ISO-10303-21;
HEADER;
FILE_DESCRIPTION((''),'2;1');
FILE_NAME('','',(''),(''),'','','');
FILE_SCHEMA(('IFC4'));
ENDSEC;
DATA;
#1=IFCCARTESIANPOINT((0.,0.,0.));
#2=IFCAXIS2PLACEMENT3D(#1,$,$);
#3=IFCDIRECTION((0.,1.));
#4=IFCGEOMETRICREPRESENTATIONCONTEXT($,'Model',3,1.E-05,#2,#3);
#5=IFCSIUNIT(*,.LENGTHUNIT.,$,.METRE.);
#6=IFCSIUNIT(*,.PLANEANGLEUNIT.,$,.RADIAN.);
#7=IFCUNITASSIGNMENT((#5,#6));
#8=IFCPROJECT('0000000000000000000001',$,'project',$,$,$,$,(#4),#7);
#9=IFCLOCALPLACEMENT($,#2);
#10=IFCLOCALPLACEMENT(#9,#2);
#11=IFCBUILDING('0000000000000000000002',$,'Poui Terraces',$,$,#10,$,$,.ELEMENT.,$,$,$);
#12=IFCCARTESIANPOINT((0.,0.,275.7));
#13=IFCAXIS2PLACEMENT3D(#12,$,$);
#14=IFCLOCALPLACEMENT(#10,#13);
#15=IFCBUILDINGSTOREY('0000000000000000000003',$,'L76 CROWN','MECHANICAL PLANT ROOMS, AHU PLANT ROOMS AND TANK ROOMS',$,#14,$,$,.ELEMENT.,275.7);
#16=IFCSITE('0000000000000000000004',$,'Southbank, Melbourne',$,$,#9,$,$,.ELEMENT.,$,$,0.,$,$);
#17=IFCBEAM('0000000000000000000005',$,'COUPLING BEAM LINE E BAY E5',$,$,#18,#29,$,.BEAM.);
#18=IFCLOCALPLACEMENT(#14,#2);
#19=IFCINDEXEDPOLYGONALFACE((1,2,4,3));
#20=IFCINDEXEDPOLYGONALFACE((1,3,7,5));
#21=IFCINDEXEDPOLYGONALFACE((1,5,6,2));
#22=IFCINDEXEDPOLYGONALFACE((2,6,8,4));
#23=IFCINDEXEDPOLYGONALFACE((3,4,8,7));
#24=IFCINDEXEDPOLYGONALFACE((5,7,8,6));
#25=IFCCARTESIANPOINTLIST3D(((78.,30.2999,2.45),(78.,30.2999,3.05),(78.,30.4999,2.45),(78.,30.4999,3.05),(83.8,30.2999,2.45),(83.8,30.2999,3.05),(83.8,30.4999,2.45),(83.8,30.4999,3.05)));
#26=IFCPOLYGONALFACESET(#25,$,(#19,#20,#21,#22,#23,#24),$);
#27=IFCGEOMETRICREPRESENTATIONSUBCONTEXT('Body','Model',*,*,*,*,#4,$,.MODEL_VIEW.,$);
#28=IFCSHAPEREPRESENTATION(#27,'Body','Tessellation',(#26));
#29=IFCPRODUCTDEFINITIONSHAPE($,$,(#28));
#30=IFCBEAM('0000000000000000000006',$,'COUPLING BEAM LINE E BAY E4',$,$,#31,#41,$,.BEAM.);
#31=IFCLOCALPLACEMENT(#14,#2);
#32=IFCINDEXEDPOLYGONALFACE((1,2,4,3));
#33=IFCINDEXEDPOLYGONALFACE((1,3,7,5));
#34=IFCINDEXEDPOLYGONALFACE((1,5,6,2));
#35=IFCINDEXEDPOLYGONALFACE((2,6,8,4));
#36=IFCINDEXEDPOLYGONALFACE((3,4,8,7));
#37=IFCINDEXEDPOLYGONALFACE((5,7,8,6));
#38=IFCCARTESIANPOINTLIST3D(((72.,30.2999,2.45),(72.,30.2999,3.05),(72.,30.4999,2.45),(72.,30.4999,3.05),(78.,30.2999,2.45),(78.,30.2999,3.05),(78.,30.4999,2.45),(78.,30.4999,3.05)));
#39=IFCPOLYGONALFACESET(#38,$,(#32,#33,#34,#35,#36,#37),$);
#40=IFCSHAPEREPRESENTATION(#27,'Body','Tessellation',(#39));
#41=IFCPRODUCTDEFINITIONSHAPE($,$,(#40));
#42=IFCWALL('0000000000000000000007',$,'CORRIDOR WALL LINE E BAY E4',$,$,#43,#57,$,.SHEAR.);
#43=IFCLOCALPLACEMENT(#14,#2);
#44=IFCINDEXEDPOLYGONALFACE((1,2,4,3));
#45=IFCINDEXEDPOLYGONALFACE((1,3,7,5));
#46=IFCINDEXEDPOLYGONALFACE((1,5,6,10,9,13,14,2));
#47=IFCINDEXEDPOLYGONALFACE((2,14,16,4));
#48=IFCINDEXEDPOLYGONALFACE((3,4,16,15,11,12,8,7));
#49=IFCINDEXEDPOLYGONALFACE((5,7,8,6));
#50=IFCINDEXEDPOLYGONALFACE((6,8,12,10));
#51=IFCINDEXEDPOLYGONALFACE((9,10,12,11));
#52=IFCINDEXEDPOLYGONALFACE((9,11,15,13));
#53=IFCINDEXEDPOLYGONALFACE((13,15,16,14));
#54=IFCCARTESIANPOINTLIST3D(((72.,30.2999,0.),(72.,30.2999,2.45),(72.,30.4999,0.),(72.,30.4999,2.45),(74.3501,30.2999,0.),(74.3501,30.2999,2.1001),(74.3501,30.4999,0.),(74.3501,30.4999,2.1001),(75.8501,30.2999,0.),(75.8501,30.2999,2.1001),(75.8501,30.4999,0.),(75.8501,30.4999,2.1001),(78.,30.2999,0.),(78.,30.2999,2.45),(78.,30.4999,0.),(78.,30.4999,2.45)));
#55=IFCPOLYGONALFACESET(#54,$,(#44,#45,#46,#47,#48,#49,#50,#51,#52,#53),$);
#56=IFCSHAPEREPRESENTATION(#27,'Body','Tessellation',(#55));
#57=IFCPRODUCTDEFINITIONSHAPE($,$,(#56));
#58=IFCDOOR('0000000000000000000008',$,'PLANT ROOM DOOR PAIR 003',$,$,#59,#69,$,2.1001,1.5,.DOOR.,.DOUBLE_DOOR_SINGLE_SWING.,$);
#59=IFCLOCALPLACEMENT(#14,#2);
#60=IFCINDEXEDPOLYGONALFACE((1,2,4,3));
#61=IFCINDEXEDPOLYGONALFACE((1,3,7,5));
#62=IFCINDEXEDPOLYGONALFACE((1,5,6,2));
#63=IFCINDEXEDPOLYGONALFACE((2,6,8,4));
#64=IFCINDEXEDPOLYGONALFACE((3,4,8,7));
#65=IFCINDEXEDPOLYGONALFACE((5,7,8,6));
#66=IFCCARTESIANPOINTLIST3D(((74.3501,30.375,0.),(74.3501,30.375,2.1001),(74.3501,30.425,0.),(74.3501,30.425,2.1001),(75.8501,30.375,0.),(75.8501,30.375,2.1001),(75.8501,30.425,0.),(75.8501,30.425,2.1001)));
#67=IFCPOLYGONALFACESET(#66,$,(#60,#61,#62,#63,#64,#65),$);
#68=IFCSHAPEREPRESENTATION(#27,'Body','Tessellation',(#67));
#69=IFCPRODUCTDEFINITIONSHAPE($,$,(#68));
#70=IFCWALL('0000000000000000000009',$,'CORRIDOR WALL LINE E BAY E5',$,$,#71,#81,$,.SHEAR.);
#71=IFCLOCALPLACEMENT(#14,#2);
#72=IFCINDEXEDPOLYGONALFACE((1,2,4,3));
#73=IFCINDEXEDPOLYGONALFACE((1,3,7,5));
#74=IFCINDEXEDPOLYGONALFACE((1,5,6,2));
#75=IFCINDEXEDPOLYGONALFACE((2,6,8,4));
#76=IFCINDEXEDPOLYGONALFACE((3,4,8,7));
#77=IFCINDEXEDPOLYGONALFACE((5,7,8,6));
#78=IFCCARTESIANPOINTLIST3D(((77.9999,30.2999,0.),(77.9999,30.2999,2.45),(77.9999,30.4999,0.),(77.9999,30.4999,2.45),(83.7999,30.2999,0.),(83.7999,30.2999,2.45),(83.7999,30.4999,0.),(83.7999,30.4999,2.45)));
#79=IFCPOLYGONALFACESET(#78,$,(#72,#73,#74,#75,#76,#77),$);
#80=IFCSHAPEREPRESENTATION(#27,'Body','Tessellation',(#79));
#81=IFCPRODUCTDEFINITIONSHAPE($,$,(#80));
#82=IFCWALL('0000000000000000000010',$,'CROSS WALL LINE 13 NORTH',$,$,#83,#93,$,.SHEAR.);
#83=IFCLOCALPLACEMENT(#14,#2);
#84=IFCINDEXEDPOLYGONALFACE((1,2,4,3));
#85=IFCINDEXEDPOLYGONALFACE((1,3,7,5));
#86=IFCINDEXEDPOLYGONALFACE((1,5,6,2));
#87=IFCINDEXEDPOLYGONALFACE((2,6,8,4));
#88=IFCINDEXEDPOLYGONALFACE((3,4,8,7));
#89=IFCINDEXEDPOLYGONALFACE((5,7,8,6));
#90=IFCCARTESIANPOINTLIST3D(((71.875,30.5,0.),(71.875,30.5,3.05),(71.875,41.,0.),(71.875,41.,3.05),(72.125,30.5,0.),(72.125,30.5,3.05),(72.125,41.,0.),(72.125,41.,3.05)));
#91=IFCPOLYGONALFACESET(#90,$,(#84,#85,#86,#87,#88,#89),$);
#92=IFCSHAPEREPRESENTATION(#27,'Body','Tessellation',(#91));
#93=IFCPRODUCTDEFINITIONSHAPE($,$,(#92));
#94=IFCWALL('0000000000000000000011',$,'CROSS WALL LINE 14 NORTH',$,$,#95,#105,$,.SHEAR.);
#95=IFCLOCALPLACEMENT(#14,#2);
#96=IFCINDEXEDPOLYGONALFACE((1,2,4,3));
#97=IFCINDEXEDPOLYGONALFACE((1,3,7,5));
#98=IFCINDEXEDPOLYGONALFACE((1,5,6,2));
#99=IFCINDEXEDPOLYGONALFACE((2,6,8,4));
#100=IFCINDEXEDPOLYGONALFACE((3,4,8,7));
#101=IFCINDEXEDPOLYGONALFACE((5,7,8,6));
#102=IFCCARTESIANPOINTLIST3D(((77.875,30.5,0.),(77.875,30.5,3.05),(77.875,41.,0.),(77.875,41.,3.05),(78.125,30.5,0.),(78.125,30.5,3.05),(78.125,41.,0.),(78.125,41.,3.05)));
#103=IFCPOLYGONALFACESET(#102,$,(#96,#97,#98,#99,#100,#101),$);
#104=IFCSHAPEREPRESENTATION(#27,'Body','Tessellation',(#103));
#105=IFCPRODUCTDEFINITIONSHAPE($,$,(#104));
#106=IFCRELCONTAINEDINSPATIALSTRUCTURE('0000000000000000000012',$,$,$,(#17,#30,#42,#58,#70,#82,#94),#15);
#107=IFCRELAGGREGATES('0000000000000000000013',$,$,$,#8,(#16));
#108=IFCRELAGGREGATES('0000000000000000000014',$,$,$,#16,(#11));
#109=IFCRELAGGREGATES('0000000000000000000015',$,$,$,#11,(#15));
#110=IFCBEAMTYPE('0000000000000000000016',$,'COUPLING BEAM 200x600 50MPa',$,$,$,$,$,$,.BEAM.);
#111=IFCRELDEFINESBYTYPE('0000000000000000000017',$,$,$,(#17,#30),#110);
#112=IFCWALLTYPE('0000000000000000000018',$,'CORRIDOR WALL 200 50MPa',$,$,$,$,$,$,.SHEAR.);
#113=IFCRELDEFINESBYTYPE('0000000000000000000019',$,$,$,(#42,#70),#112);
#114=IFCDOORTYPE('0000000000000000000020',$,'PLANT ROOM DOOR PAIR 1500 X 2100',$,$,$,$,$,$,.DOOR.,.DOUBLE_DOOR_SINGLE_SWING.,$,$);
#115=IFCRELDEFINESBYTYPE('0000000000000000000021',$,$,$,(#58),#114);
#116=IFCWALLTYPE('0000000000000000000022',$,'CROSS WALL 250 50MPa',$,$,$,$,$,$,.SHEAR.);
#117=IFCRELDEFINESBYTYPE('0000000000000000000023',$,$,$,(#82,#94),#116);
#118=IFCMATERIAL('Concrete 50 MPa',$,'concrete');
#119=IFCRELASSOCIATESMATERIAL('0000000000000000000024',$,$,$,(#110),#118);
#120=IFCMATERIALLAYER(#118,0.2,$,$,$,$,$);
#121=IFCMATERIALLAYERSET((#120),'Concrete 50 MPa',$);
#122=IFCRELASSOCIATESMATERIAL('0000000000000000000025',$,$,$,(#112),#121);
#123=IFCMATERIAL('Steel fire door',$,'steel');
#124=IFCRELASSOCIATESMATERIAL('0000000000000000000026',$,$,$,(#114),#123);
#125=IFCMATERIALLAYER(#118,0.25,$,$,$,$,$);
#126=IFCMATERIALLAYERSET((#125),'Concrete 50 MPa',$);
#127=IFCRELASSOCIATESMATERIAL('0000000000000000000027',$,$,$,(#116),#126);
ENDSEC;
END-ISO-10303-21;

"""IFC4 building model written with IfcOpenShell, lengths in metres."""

from ifc_helpers import new_model, si_unit, direction, frame, frame_2d, origin, origin_2d, place, context, subcontext, project, spatial, rectangle, extrude, source, transform, mapped, material, layer, layer_set, material_profile, profile_set, type_object, element, fill, save


model = new_model("IFC4")

# Units and contexts
model_context = context("Model", 3, precision=1e-05, world=origin(), true_north=direction((0.0, 1.0)))
body_context = subcontext(model_context, "Body", "Model", "MODEL_VIEW")
ifc_project = project(units=[si_unit("LENGTHUNIT", "METRE"), si_unit("PLANEANGLEUNIT", "RADIAN")], contexts=[model_context])

# Site, building, storey
site_placement = place(None, origin())
site = spatial("IfcSite", under=ifc_project, at=site_placement, Name="Southbank, Melbourne", CompositionType="ELEMENT", RefElevation=0.0)
building_placement = place(site_placement, origin())
building = spatial("IfcBuilding", under=site, at=building_placement, Name="Poui Terraces", CompositionType="ELEMENT")
storey_placement = place(building_placement, frame((0.0, 0.0, 275.7)))
storey = spatial("IfcBuildingStorey", under=building, at=storey_placement, Name="L76 CROWN", Description="MECHANICAL PLANT ROOMS, AHU PLANT ROOMS AND TANK ROOMS", CompositionType="ELEMENT", Elevation=275.7)

# Beams
ifc_material_1 = material(Name="Concrete 50 MPa", Category="concrete")
ifc_material_profile_1 = material_profile(ifc_material_1, rectangle(XDim=0.2, YDim=0.6001, at=origin_2d()), Name="RC 200x600")
ifc_profile_set_1 = profile_set([ifc_material_profile_1], Name="Concrete 50 MPa")
beam_type = type_object("IfcBeamType", Name="COUPLING BEAM 200x600 50MPa", PredefinedType="BEAM", material=ifc_profile_set_1)
shared_shape_1 = source(origin(), body_context, "Body", "SweptSolid", [
    extrude(rectangle(XDim=0.2, YDim=0.6001, at=origin_2d()), origin(), (0.0, 0.0, 1.0), 5.8),
])
beam_1_placement = place(storey_placement, frame((78.0, 30.3999, 2.75), z_axis=(1.0, 0.0, 0.0), x_axis=(0.0, 1.0, 0.0)))
element("IfcBeam", 1, at=beam_1_placement, inside=storey, type_object=beam_type, Name="COUPLING BEAM LINE E BAY E5", PredefinedType="BEAM", context=body_context, shape_type="MappedRepresentation", body=[
    mapped(shared_shape_1, transform((0.0, 0.0, 0.0))),
])
shared_shape_2 = source(origin(), body_context, "Body", "SweptSolid", [
    extrude(rectangle(XDim=0.2, YDim=0.6001, at=origin_2d()), origin(), (0.0, 0.0, 1.0), 6.0),
])
beam_2_placement = place(storey_placement, frame((72.0, 30.3999, 2.75), z_axis=(1.0, 0.0, 0.0), x_axis=(0.0, 1.0, 0.0)))
element("IfcBeam", 2, at=beam_2_placement, inside=storey, type_object=beam_type, Name="COUPLING BEAM LINE E BAY E4", PredefinedType="BEAM", context=body_context, shape_type="MappedRepresentation", body=[
    mapped(shared_shape_2, transform((0.0, 0.0, 0.0))),
])

# Wall, opening, door
ifc_layer_1 = layer(ifc_material_1, 0.2)
ifc_layer_set_1 = layer_set([ifc_layer_1], Name="Concrete 50 MPa")
wall_type_1 = type_object("IfcWallType", Name="CORRIDOR WALL 200 50MPa", PredefinedType="SHEAR", material=ifc_layer_set_1)
wall_1_placement = place(storey_placement, frame((72.0, 30.3999, 0.0), z_axis=(0.0, 0.0, 1.0), x_axis=(1.0, 0.0, 0.0)))
wall_1 = element("IfcWall", 3, at=wall_1_placement, inside=storey, type_object=wall_type_1, Name="CORRIDOR WALL LINE E BAY E4", PredefinedType="SHEAR", context=body_context, shape_type="SweptSolid", body=[
    extrude(rectangle(XDim=6.0, YDim=0.2, at=frame_2d((3.0, 0.0))), origin(), (0.0, 0.0, 1.0), 2.45),
])
opening_1_placement = place(wall_1_placement, frame((2.3501, 0.0, 0.0)))
opening_1 = element("IfcOpeningElement", 4, at=opening_1_placement, cuts=wall_1, PredefinedType="OPENING", context=body_context, shape_type="SweptSolid", body=[
    extrude(rectangle(XDim=1.5, YDim=2.1001, at=frame_2d((0.75, 1.05))), frame((0.0, 0.1099, 0.0), z_axis=(0.0, -1.0, 0.0), x_axis=(1.0, 0.0, 0.0)), (0.0, 0.0, 1.0), 0.22),
])
ifc_material_2 = material(Name="Steel fire door", Category="steel")
door_type = type_object("IfcDoorType", Name="PLANT ROOM DOOR PAIR 1500 X 2100", OperationType="DOUBLE_DOOR_SINGLE_SWING", PredefinedType="DOOR", material=ifc_material_2)
door_placement = place(opening_1_placement, frame((1.5, 0.0, 0.0), z_axis=(0.0, 0.0, 1.0), x_axis=(-1.0, 0.0, 0.0)))
door = element("IfcDoor", 5, at=door_placement, inside=storey, type_object=door_type, Name="PLANT ROOM DOOR PAIR 003", OperationType="DOUBLE_DOOR_SINGLE_SWING", OverallHeight=2.1001, OverallWidth=1.5, PredefinedType="DOOR", context=body_context, shape_type="SweptSolid", body=[
    extrude(rectangle(XDim=1.5, YDim=2.1001, at=frame_2d((0.75, 1.05))), frame((0.0, 0.0249, 0.0), z_axis=(0.0, -1.0, 0.0), x_axis=(1.0, 0.0, 0.0)), (0.0, 0.0, 1.0), 0.05),
])
fill(opening_1, door)

# Walls
wall_2_placement = place(storey_placement, frame((78.0, 30.3999, 0.0), z_axis=(0.0, 0.0, 1.0), x_axis=(1.0, 0.0, 0.0)))
element("IfcWall", 6, at=wall_2_placement, inside=storey, type_object=wall_type_1, Name="CORRIDOR WALL LINE E BAY E5", PredefinedType="SHEAR", context=body_context, shape_type="SweptSolid", body=[
    extrude(rectangle(XDim=5.8, YDim=0.2, at=frame_2d((2.8999, 0.0))), origin(), (0.0, 0.0, 1.0), 2.45),
])
ifc_layer_2 = layer(ifc_material_1, 0.25)
ifc_layer_set_2 = layer_set([ifc_layer_2], Name="Concrete 50 MPa")
wall_type_2 = type_object("IfcWallType", Name="CROSS WALL 250 50MPa", PredefinedType="SHEAR", material=ifc_layer_set_2)
for number, where, z_axis, x_axis, name in (
    (7, (72.0, 30.5, 0.0), (0.0, 0.0, 1.0), (0.0, 1.0, 0.0), "CROSS WALL LINE 13 NORTH"),
    (8, (78.0, 30.5, 0.0), (0.0, 0.0, 1.0), (0.0, 1.0, 0.0), "CROSS WALL LINE 14 NORTH"),
):
    element("IfcWall", number, at=place(storey_placement, frame(where, z_axis=z_axis, x_axis=x_axis)), inside=storey, type_object=wall_type_2, Name=name, PredefinedType="SHEAR", context=body_context, shape_type="SweptSolid", body=[
        extrude(rectangle(XDim=10.5, YDim=0.25, at=frame_2d((5.25, 0.0))), origin(), (0.0, 0.0, 1.0), 3.05),
    ])

save(model, "model.ifc")
